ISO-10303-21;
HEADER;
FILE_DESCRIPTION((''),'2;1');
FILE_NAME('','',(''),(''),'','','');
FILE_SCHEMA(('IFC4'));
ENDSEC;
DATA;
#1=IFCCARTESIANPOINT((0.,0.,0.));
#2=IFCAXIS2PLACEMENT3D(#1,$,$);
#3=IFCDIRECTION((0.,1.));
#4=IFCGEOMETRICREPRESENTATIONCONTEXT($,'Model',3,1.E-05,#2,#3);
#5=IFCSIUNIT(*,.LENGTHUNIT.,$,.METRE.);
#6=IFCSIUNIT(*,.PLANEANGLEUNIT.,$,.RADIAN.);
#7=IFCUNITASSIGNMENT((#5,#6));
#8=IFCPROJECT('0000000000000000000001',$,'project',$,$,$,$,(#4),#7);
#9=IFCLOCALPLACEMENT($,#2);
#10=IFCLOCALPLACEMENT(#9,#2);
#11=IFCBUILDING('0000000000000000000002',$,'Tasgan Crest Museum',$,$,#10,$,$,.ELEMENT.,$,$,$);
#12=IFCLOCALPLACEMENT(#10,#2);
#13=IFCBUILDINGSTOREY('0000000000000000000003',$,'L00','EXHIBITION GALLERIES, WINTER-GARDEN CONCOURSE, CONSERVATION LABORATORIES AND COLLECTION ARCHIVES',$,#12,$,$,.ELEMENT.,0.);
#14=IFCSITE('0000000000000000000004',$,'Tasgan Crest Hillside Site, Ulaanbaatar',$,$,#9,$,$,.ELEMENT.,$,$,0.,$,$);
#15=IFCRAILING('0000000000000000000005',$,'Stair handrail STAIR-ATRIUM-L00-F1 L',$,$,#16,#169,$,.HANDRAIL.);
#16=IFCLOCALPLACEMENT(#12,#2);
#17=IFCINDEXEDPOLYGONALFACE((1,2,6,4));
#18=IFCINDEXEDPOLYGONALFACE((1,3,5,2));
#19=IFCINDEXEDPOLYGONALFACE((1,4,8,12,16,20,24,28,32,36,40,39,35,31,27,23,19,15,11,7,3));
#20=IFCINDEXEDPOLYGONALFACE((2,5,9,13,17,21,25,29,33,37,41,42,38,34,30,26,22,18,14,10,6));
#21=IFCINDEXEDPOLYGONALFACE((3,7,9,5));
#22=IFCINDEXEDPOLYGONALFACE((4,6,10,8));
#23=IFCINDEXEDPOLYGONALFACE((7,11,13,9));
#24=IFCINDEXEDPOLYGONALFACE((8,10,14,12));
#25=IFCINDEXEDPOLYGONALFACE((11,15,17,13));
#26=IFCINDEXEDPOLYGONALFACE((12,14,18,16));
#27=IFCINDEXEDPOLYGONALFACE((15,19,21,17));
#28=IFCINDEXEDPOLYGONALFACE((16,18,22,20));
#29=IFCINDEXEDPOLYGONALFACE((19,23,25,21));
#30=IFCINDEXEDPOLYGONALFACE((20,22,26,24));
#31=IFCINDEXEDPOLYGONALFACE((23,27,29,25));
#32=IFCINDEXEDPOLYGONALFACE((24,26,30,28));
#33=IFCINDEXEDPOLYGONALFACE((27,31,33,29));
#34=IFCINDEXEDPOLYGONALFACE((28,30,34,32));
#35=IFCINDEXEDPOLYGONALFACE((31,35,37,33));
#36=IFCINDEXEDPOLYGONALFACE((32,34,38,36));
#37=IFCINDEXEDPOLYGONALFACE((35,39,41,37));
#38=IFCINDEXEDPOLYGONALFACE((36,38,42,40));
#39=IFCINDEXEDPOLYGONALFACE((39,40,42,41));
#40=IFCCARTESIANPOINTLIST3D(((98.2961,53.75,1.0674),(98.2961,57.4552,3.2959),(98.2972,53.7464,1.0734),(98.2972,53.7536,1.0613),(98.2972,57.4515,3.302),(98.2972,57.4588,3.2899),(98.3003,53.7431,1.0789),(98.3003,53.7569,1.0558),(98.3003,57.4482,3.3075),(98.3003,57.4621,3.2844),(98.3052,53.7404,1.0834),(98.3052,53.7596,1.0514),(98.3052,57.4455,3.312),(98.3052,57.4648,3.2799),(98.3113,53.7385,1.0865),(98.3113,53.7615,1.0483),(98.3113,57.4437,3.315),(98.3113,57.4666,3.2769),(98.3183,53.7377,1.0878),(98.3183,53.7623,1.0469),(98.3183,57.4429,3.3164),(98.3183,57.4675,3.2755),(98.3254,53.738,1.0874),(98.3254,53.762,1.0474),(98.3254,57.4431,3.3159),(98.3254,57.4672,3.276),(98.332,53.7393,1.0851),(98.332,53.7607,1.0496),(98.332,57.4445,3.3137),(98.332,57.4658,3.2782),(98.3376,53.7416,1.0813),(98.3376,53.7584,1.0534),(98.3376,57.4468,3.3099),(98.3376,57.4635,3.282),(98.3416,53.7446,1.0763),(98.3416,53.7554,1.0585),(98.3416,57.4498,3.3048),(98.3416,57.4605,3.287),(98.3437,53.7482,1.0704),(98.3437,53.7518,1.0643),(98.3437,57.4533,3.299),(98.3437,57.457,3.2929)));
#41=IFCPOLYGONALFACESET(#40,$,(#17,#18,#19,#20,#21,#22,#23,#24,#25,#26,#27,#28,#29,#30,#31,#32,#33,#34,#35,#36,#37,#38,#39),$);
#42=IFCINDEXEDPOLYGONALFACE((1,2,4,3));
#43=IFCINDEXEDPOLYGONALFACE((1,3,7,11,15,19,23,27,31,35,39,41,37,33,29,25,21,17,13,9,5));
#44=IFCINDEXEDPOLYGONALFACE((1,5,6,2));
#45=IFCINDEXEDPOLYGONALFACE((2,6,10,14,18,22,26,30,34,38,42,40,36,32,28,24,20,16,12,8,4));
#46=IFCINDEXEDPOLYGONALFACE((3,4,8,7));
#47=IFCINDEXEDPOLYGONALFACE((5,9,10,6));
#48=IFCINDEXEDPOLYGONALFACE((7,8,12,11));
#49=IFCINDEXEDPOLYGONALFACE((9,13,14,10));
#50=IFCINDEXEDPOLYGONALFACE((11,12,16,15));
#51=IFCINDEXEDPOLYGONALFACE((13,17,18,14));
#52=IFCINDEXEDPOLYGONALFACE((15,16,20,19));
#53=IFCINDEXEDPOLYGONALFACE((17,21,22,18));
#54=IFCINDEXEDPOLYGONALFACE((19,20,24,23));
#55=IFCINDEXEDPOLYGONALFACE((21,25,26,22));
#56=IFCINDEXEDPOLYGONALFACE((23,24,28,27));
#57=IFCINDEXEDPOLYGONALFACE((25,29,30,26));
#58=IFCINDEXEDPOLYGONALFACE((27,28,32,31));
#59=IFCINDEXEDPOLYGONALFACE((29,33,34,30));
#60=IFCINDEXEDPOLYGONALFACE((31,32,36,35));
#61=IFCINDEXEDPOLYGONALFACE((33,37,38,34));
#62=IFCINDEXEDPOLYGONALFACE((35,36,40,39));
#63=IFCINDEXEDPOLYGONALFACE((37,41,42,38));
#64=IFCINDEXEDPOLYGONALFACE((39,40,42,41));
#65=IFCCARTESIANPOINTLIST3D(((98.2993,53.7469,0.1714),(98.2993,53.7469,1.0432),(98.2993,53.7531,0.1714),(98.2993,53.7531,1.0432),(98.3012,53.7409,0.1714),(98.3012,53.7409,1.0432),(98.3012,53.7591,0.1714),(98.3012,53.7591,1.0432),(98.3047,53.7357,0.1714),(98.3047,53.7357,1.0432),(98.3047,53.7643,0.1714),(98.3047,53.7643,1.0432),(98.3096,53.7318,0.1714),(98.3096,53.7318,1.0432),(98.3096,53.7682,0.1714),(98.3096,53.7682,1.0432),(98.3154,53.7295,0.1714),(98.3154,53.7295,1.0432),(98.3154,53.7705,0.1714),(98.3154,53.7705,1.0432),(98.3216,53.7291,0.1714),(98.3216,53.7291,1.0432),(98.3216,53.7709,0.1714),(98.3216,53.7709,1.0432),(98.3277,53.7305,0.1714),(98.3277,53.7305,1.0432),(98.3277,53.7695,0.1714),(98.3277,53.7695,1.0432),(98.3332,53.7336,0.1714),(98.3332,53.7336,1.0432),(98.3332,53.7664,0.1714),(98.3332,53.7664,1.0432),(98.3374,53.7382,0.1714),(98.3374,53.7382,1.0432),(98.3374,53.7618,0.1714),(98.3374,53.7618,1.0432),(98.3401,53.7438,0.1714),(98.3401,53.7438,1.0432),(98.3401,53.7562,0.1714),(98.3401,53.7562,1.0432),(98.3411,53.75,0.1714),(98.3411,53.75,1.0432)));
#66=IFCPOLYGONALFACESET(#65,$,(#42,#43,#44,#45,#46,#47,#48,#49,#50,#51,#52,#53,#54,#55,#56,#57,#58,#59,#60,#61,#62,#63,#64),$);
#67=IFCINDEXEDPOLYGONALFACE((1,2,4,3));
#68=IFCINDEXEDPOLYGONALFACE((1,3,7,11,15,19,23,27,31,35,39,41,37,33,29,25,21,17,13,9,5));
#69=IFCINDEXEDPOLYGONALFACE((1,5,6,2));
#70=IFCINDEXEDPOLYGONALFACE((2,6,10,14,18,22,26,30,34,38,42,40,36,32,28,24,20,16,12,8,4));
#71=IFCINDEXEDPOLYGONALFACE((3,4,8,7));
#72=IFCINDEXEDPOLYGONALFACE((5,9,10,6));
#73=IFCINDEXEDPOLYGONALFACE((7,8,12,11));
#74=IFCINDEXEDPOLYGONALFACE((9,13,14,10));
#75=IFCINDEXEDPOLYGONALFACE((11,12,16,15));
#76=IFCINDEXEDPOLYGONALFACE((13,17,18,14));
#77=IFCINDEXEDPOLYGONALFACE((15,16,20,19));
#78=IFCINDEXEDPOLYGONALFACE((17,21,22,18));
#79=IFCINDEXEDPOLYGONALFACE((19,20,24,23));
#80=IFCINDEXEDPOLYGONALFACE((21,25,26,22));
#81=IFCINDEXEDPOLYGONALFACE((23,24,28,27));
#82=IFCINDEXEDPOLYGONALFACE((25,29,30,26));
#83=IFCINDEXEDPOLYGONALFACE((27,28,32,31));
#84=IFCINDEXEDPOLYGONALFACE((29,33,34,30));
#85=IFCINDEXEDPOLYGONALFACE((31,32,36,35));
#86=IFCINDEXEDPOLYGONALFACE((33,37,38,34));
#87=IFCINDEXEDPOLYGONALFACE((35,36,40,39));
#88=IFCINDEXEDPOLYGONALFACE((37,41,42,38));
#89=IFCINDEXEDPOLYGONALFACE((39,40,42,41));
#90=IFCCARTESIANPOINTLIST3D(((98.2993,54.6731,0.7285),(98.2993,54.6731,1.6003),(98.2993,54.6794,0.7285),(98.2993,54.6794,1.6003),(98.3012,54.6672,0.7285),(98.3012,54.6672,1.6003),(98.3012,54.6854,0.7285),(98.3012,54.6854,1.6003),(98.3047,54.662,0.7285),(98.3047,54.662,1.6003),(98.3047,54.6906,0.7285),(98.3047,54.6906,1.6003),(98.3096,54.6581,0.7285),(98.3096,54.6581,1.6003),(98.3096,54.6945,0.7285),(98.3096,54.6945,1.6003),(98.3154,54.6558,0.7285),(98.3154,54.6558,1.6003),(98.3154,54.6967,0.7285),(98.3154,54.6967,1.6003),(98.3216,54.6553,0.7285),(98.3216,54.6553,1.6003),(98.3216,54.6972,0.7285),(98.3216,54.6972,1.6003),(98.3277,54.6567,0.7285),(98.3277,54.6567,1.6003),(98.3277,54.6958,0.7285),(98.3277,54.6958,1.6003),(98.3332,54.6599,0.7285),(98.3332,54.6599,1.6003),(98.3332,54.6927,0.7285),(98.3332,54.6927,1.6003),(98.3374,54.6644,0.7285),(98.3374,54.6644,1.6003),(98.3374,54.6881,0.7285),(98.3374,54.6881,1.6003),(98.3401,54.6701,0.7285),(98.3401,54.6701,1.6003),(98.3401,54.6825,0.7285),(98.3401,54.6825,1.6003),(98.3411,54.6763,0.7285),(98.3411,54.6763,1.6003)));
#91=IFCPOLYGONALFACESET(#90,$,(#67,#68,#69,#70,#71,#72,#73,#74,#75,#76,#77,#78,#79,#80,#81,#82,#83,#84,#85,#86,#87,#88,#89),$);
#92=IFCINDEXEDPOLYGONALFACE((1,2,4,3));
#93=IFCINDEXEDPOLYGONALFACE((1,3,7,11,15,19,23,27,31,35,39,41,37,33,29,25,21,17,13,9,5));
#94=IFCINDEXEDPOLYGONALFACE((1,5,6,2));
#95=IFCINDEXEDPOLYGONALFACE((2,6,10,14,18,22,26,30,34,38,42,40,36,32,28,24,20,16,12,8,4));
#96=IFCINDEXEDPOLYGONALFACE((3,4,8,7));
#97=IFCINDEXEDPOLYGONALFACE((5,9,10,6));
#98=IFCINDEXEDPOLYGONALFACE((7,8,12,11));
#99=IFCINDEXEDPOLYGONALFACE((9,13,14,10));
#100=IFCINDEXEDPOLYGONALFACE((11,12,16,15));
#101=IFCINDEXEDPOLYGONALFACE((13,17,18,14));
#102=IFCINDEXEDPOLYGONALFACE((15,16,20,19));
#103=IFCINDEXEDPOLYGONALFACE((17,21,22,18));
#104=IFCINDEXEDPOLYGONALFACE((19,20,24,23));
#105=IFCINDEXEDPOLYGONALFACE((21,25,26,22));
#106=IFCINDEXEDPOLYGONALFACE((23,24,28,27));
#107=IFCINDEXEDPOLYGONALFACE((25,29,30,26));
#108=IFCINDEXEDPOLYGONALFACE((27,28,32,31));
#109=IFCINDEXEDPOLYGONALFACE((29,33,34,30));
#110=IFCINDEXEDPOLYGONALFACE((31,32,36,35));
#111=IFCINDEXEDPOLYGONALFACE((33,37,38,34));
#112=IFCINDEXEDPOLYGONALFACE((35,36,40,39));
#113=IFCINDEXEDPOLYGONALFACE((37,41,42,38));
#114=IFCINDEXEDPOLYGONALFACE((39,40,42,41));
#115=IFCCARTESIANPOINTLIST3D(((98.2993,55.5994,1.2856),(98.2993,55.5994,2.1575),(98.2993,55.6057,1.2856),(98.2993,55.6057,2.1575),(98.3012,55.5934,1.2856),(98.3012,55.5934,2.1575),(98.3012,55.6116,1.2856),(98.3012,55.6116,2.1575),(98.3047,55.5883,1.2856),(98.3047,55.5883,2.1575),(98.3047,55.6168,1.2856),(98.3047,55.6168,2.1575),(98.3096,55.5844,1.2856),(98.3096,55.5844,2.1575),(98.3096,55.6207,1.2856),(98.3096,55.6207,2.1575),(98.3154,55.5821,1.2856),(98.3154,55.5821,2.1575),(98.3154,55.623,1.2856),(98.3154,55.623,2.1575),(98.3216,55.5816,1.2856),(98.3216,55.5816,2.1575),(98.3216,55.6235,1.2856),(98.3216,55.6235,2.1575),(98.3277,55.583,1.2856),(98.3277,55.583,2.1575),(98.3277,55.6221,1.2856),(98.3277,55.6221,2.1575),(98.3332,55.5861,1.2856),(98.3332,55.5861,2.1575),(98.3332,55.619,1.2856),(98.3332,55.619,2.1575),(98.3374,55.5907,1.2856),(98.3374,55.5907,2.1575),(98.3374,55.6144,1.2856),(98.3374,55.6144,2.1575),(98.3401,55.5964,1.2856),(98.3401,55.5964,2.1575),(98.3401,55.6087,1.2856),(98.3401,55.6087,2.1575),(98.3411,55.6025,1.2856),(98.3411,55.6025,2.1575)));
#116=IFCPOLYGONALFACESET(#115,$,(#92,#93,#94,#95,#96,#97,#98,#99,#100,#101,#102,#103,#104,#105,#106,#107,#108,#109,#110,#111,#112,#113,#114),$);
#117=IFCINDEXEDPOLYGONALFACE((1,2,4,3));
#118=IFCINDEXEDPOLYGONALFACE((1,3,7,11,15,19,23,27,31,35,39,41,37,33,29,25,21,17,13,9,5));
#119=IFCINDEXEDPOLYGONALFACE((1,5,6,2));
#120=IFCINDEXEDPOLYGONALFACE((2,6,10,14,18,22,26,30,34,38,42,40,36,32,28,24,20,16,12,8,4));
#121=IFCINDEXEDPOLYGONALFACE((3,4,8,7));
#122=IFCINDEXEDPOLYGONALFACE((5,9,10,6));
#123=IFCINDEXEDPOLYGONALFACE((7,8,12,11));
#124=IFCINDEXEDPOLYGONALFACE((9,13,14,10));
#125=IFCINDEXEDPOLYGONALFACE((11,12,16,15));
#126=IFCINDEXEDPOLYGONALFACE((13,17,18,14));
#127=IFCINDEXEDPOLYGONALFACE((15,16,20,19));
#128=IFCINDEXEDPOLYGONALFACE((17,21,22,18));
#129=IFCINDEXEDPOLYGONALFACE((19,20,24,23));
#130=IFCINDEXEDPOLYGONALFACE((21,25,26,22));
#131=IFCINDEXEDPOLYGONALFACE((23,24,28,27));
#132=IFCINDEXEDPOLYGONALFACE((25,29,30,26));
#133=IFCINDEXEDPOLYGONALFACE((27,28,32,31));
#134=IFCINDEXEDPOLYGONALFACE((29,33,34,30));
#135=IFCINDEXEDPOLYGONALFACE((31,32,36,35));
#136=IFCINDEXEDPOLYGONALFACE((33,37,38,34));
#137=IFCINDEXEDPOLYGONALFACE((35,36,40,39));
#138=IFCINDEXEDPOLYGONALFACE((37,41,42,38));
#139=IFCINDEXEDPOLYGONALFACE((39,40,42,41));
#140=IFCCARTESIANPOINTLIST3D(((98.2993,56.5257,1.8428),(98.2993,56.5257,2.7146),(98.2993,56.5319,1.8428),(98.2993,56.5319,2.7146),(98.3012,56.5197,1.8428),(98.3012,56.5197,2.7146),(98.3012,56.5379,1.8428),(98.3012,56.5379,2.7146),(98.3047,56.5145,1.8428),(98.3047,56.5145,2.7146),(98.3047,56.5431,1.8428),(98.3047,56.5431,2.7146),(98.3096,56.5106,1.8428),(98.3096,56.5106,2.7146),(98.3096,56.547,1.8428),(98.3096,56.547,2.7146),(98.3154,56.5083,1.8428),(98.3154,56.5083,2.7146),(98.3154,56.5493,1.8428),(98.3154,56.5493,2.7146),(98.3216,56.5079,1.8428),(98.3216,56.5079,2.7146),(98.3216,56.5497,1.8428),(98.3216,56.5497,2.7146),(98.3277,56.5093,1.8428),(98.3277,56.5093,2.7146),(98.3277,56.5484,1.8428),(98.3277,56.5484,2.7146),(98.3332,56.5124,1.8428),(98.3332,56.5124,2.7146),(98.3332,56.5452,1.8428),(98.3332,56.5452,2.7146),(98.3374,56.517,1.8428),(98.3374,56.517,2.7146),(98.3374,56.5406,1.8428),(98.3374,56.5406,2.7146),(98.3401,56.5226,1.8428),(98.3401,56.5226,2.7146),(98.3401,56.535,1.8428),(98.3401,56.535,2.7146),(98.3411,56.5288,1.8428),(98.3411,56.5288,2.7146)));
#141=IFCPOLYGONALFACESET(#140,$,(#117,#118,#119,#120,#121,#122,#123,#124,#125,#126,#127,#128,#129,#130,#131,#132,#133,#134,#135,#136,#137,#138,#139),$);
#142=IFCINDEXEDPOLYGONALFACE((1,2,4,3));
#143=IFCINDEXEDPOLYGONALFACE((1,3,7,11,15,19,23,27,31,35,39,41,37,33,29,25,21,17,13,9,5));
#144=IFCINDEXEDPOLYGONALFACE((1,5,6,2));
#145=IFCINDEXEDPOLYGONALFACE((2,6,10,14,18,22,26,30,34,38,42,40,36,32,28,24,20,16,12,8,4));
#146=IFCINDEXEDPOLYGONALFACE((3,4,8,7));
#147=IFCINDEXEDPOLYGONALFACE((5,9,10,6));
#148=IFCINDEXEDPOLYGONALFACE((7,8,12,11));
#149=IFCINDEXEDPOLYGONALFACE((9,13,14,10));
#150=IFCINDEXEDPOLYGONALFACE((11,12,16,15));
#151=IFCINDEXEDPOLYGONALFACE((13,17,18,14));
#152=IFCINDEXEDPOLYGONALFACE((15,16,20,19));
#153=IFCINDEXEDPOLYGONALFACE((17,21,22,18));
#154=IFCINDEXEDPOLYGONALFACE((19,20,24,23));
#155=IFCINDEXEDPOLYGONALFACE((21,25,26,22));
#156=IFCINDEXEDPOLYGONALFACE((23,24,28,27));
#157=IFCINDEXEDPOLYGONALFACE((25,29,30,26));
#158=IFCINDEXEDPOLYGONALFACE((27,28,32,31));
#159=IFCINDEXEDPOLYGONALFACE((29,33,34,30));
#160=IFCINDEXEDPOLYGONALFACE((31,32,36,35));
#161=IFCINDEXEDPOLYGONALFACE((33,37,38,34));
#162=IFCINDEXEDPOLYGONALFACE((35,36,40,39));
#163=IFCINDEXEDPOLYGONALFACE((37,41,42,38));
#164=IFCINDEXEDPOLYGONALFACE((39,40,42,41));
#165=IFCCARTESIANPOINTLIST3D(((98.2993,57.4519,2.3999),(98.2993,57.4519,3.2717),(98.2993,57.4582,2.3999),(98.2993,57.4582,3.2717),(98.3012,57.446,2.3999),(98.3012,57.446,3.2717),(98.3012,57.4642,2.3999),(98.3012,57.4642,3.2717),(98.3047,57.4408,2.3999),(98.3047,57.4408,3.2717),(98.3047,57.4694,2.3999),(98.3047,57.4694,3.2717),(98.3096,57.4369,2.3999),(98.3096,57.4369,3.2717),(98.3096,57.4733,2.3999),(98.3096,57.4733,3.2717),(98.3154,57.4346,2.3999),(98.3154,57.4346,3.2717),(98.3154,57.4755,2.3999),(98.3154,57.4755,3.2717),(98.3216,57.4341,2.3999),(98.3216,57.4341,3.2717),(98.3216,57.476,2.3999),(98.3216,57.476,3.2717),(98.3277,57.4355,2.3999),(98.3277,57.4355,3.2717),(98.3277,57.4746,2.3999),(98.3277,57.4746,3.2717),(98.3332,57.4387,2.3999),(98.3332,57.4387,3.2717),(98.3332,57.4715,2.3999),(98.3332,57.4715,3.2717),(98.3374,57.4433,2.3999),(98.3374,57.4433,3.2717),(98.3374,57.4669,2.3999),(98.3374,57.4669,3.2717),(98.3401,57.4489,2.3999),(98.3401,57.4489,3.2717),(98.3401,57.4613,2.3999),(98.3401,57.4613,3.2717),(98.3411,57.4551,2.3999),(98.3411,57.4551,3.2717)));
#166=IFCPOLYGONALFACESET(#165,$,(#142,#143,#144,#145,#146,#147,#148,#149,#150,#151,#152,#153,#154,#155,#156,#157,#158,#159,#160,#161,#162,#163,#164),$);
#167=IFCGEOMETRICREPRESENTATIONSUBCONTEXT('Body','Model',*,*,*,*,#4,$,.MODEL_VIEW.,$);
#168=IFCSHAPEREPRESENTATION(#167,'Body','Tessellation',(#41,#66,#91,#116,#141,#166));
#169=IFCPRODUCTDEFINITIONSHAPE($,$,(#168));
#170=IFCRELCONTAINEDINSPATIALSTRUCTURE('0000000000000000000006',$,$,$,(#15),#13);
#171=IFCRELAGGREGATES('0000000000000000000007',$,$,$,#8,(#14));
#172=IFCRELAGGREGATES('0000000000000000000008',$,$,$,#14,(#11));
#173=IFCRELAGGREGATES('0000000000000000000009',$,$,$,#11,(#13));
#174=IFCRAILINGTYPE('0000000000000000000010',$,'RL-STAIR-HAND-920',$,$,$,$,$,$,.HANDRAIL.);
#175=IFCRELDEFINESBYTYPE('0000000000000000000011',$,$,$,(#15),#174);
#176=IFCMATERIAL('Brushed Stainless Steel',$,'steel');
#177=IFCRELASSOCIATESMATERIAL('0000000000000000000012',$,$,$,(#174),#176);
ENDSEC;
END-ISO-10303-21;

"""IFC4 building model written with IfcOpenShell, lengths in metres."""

from ifc_helpers import new_model, si_unit, direction, frame, origin, origin_2d, place, context, subcontext, project, spatial, circle, extrude, material, type_object, element, save


model = new_model("IFC4")

# Units and contexts
model_context = context("Model", 3, precision=1e-05, world=origin(), true_north=direction((0.0, 1.0)))
body_context = subcontext(model_context, "Body", "Model", "MODEL_VIEW")
ifc_project = project(units=[si_unit("LENGTHUNIT", "METRE"), si_unit("PLANEANGLEUNIT", "RADIAN")], contexts=[model_context])

# Site, building, storey
site_placement = place(None, origin())
site = spatial("IfcSite", under=ifc_project, at=site_placement, Name="Tasgan Crest Hillside Site, Ulaanbaatar", CompositionType="ELEMENT", RefElevation=0.0)
building_placement = place(site_placement, origin())
building = spatial("IfcBuilding", under=site, at=building_placement, Name="Tasgan Crest Museum", CompositionType="ELEMENT")
storey_placement = place(building_placement, origin())
storey = spatial("IfcBuildingStorey", under=building, at=storey_placement, Name="L00", Description="EXHIBITION GALLERIES, WINTER-GARDEN CONCOURSE, CONSERVATION LABORATORIES AND COLLECTION ARCHIVES", CompositionType="ELEMENT", Elevation=0.0)

# Railing
ifc_material_1 = material(Name="Brushed Stainless Steel", Category="steel")
railing_type_1 = type_object("IfcRailingType", Name="RL-STAIR-HAND-920", PredefinedType="HANDRAIL", material=ifc_material_1)
for number, where, name in (
    (1, (98.3201, 53.75, 0.1714), "Stair handrail STAIR-ATRIUM-L00-F1 L"),
):
    element("IfcRailing", number, at=place(storey_placement, frame(where)), inside=storey, type_object=railing_type_1, Name=name, PredefinedType="HANDRAIL", context=body_context, shape_type="SweptSolid", body=[
        extrude(circle(Radius=0.0239, at=origin_2d()), frame((0.0, 0.0, 0.896), z_axis=(0.0, 0.856934, 0.515425), x_axis=(-1.0, 0.0, 0.0)), (0.0, 0.0, 1.0), 4.3237),
        extrude(circle(Radius=0.021, at=origin_2d()), origin(), (0.0, 0.0, 1.0), 0.8718),
        extrude(circle(Radius=0.021, at=origin_2d()), frame((0.0, 0.9263, 0.5571)), (0.0, 0.0, 1.0), 0.8718),
        extrude(circle(Radius=0.021, at=origin_2d()), frame((0.0, 1.8525, 1.1143)), (0.0, 0.0, 1.0), 0.8718),
        extrude(circle(Radius=0.021, at=origin_2d()), frame((0.0, 2.7788, 1.6714)), (0.0, 0.0, 1.0), 0.8718),
        extrude(circle(Radius=0.021, at=origin_2d()), frame((0.0, 3.7051, 2.2285)), (0.0, 0.0, 1.0), 0.8718),
    ])

save(model, "model.ifc")
